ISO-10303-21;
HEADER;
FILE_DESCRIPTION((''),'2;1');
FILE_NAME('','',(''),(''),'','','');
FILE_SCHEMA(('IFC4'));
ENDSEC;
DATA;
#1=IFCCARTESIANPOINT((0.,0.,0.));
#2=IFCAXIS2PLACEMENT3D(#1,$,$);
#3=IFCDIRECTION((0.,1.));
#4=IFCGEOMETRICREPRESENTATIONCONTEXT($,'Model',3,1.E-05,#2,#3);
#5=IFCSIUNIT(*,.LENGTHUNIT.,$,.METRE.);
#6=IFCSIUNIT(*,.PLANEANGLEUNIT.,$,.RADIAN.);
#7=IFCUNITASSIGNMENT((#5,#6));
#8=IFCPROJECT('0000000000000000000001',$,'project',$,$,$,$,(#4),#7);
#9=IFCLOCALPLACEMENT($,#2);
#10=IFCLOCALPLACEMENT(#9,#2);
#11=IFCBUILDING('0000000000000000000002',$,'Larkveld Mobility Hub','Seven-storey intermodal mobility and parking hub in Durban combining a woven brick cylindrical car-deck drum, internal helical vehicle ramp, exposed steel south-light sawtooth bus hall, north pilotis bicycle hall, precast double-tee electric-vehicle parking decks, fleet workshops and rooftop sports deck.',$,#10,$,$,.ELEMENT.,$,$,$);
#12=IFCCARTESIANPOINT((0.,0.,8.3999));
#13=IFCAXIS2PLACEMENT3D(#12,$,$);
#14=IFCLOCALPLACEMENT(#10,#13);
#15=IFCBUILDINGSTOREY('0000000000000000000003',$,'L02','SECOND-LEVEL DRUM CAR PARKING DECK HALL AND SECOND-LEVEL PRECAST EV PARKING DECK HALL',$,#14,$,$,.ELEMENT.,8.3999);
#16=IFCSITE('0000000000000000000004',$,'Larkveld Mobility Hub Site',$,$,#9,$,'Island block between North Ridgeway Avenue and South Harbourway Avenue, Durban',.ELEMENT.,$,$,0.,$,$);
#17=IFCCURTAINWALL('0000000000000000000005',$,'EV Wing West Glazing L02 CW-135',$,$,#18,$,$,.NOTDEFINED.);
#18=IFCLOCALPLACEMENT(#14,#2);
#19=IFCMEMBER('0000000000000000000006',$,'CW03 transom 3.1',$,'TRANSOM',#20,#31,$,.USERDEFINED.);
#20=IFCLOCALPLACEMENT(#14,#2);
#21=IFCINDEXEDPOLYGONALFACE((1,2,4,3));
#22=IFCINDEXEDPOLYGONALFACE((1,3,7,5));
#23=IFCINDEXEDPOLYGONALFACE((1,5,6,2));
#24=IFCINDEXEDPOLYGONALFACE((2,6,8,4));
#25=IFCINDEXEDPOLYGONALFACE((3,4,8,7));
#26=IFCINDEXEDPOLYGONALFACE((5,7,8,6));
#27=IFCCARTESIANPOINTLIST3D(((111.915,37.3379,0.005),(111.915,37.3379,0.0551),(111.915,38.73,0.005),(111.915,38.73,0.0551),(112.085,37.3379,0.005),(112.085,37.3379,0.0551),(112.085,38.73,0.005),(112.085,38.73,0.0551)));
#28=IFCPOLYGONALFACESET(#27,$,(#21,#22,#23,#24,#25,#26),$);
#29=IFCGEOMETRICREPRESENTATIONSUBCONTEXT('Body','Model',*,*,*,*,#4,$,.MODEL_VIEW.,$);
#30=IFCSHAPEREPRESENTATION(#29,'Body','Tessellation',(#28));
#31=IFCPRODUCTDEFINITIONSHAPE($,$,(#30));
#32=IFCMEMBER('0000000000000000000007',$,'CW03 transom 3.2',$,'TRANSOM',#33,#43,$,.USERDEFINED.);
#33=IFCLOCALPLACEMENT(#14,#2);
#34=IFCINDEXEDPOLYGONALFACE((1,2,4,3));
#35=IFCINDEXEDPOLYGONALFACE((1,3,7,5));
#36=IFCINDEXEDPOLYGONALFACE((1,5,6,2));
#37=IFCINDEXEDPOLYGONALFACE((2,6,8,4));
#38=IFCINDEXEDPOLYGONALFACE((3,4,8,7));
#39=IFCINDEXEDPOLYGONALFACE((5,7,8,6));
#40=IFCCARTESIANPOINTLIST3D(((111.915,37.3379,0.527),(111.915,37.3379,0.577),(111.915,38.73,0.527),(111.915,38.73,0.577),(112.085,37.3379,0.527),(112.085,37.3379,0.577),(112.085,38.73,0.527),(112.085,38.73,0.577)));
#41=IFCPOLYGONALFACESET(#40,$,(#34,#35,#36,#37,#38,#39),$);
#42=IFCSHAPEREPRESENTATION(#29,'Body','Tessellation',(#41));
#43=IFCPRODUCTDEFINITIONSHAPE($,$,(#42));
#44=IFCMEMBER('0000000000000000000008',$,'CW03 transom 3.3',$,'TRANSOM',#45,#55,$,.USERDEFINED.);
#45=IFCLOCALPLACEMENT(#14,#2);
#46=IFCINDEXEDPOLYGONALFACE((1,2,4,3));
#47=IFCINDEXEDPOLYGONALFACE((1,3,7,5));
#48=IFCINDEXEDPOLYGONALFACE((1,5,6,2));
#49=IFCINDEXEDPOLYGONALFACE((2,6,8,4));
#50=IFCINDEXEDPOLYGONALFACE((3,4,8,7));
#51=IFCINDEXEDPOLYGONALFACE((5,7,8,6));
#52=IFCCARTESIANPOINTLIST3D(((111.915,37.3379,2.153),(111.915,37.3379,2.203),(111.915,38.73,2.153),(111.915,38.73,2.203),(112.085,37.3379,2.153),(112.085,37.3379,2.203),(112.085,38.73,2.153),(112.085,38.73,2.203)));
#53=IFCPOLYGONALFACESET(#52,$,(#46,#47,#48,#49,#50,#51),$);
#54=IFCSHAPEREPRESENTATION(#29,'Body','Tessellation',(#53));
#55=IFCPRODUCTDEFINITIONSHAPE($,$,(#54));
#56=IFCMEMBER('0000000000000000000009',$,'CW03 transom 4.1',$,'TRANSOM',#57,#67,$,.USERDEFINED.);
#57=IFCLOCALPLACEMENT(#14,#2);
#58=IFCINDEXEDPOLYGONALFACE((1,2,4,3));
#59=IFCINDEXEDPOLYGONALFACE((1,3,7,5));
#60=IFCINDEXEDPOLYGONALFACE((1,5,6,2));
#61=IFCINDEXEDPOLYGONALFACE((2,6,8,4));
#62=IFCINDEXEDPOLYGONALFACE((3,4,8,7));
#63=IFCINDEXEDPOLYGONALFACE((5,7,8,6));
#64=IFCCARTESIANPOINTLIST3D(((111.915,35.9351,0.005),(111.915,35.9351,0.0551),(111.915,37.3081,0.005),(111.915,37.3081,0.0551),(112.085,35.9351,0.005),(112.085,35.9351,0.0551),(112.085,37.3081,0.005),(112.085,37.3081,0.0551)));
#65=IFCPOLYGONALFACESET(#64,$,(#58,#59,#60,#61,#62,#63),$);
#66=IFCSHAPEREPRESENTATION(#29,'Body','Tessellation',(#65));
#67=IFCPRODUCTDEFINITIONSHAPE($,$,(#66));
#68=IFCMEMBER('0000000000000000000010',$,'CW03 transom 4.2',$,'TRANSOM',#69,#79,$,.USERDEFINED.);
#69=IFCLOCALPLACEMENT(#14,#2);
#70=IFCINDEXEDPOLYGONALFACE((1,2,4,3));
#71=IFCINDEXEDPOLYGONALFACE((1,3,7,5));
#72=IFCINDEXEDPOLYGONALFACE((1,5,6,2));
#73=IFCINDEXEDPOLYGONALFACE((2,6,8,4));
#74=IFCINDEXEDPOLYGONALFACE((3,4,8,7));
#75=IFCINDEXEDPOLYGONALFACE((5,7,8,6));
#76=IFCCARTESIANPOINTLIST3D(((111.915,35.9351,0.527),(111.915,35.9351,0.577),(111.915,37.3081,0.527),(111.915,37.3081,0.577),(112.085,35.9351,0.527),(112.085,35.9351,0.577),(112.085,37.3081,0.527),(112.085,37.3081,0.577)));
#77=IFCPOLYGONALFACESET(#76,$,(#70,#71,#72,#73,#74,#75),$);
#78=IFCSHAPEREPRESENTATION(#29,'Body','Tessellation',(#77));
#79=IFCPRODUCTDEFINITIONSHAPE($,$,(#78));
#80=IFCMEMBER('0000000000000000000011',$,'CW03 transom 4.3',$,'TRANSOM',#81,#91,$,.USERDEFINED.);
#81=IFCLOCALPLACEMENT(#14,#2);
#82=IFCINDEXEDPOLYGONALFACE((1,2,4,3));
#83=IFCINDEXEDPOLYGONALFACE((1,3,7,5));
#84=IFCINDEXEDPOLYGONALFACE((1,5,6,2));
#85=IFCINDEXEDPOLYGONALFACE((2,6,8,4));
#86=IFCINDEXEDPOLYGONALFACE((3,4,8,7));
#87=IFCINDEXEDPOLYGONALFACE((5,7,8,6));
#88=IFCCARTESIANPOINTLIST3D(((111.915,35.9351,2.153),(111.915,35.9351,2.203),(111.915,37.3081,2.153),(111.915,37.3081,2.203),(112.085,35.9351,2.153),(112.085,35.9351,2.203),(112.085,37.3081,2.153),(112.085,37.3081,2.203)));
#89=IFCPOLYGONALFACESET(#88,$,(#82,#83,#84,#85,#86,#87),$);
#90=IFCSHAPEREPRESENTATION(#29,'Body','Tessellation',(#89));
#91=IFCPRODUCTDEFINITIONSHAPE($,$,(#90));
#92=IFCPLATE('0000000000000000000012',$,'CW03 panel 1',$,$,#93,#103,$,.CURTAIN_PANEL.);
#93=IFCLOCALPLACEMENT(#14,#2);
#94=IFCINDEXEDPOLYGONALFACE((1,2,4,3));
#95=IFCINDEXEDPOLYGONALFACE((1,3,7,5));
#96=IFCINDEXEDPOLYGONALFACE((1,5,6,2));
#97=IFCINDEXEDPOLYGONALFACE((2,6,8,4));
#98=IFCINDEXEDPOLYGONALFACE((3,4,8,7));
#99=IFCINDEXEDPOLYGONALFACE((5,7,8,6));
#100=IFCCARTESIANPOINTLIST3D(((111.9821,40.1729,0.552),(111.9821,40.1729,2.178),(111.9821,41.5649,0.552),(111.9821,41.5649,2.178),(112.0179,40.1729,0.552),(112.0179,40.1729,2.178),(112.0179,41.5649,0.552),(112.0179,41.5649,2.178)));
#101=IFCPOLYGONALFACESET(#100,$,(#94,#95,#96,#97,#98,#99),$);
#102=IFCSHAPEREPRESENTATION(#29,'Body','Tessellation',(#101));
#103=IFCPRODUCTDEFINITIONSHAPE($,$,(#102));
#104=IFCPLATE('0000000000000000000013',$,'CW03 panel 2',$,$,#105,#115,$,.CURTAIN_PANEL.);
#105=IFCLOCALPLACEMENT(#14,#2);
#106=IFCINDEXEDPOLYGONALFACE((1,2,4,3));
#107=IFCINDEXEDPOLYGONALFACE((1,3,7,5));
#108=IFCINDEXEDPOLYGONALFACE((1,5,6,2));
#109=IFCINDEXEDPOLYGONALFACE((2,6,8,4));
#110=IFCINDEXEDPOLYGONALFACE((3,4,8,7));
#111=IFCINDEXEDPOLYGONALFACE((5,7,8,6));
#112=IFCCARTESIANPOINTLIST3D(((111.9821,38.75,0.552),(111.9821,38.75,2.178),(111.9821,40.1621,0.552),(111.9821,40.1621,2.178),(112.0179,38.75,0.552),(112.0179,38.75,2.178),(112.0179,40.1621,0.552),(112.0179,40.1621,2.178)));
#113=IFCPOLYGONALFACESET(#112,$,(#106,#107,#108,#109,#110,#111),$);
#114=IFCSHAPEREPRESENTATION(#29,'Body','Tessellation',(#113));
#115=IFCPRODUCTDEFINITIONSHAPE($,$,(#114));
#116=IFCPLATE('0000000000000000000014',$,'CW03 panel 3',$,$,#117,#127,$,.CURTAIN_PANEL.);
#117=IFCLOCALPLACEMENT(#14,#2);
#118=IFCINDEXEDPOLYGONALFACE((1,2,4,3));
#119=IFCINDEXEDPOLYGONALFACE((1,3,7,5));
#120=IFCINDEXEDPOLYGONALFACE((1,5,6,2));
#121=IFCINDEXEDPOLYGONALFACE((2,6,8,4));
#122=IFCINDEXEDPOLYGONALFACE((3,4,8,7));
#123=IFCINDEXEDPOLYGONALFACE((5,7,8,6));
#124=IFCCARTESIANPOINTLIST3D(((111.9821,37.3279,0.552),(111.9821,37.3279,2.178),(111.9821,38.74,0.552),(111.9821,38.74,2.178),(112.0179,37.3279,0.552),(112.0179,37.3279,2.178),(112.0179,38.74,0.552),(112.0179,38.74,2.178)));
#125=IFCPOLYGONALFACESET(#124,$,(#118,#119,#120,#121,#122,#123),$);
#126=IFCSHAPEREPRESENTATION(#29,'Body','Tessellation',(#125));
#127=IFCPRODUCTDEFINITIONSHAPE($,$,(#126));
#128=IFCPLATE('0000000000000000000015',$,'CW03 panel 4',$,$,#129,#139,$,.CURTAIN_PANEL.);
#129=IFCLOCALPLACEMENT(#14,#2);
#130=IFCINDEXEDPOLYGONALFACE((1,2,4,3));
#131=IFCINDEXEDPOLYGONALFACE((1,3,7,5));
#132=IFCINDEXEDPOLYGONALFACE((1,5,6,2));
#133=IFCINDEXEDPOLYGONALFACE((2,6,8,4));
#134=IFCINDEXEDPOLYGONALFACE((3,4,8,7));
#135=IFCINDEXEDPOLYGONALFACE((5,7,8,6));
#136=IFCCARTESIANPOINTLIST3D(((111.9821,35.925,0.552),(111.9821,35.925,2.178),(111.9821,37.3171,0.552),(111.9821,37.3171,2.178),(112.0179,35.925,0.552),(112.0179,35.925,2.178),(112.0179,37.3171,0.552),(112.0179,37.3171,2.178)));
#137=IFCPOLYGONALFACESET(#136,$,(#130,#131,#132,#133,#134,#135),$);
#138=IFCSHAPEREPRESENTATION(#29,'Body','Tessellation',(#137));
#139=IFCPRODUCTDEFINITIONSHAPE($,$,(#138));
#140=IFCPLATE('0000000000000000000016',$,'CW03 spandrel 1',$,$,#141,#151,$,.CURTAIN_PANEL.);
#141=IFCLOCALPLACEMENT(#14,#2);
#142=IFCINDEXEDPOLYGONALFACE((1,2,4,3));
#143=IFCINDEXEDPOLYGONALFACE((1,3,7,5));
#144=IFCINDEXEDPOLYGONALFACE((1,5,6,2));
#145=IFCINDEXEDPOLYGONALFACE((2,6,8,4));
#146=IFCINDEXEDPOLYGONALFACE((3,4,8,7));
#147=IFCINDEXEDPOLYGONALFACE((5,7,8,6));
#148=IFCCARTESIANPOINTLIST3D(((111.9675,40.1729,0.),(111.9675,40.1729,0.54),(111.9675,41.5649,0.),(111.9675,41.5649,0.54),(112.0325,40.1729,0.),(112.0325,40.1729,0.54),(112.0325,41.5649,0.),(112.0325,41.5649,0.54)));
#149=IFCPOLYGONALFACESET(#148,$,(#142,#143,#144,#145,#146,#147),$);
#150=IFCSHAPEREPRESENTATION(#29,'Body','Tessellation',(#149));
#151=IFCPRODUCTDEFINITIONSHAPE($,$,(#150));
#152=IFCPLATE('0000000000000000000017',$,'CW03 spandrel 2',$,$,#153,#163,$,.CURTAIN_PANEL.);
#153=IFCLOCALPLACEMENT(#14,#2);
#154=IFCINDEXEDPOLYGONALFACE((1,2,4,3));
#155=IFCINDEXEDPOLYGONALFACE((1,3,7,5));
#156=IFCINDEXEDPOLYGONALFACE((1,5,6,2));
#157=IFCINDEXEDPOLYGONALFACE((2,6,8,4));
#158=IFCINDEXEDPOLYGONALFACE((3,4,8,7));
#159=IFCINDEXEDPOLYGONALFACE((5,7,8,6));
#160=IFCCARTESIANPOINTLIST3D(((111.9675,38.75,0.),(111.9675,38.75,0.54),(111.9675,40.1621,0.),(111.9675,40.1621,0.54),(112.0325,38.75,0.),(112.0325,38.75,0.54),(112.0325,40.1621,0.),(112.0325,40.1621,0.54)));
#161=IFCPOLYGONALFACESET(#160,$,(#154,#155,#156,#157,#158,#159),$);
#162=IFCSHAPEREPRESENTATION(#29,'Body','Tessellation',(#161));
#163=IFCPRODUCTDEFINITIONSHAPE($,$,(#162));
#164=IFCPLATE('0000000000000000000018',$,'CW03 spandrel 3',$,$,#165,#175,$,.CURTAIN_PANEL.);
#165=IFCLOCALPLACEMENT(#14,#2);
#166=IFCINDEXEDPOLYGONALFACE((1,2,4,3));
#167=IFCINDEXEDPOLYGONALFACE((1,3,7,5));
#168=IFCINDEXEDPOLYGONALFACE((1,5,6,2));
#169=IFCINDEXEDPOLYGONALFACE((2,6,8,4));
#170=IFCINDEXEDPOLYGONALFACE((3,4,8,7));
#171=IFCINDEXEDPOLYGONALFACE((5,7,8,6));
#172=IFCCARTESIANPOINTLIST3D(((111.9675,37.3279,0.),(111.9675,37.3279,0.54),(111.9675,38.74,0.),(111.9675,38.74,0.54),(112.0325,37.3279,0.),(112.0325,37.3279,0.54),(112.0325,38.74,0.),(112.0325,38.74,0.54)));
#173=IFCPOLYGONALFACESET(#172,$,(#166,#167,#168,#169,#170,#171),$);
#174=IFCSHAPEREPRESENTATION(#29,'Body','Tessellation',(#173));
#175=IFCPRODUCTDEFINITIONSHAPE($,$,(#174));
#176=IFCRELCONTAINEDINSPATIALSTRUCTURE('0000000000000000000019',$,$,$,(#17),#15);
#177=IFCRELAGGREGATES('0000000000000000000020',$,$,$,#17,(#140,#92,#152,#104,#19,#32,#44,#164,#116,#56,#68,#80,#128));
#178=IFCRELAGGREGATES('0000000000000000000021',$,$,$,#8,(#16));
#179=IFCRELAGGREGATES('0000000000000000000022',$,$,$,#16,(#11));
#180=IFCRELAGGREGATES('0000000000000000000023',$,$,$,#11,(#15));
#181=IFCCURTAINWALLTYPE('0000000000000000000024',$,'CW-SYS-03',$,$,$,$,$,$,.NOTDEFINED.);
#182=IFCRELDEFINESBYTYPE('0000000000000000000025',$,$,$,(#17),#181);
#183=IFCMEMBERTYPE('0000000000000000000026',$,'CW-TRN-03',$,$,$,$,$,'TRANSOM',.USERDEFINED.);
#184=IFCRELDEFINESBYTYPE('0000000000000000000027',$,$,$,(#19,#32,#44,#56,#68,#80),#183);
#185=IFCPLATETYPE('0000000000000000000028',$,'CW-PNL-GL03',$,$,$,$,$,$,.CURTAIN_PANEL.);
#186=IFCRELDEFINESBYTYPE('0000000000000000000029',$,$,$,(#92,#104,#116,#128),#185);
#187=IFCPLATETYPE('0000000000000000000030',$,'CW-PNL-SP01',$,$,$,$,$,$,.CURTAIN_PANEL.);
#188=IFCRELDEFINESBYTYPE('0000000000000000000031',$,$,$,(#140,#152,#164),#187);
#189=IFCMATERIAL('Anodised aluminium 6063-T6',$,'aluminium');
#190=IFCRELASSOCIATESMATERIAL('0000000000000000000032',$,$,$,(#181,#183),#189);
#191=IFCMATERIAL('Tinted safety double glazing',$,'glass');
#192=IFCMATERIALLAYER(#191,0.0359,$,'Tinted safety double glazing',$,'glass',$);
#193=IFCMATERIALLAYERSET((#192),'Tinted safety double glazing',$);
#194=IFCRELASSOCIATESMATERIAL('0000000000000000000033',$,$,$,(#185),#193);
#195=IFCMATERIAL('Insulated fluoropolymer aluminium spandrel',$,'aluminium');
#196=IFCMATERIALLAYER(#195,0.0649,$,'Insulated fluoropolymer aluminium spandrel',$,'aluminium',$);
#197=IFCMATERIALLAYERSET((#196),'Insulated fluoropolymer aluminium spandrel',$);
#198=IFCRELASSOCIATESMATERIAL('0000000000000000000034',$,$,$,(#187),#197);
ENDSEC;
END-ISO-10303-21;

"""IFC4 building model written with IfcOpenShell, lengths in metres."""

from ifc_helpers import new_model, si_unit, direction, frame, origin, origin_2d, place, context, subcontext, project, spatial, rectangle, extrude, material, layer, layer_set, material_profile, profile_set, type_object, element, aggregate, save


model = new_model("IFC4")

# Units and contexts
model_context = context("Model", 3, precision=1e-05, world=origin(), true_north=direction((0.0, 1.0)))
body_context = subcontext(model_context, "Body", "Model", "MODEL_VIEW")
ifc_project = project(units=[si_unit("LENGTHUNIT", "METRE"), si_unit("PLANEANGLEUNIT", "RADIAN")], contexts=[model_context])

# Site, building, storey
site_placement = place(None, origin())
site = spatial("IfcSite", under=ifc_project, at=site_placement, Name="Larkveld Mobility Hub Site", LongName="Island block between North Ridgeway Avenue and South Harbourway Avenue, Durban", CompositionType="ELEMENT", RefElevation=0.0)
building_placement = place(site_placement, origin())
building = spatial("IfcBuilding", under=site, at=building_placement, Name="Larkveld Mobility Hub", Description="Seven-storey intermodal mobility and parking hub in Durban combining a woven brick cylindrical car-deck drum, internal helical vehicle ramp, exposed steel south-light sawtooth bus hall, north pilotis bicycle hall, precast double-tee electric-vehicle parking decks, fleet workshops and rooftop sports deck.", CompositionType="ELEMENT")
storey_placement = place(building_placement, frame((0.0, 0.0, 8.3999)))
storey = spatial("IfcBuildingStorey", under=building, at=storey_placement, Name="L02", Description="SECOND-LEVEL DRUM CAR PARKING DECK HALL AND SECOND-LEVEL PRECAST EV PARKING DECK HALL", CompositionType="ELEMENT", Elevation=8.3999)

# Curtain wall, members, plates
ifc_material_1 = material(Name="Anodised aluminium 6063-T6", Category="aluminium")
curtain_wall_type = type_object("IfcCurtainWallType", Name="CW-SYS-03", PredefinedType="NOTDEFINED", material=ifc_material_1)
curtain_wall_placement = place(storey_placement, origin())
curtain_wall = element("IfcCurtainWall", 1, at=curtain_wall_placement, inside=storey, type_object=curtain_wall_type, Name="EV Wing West Glazing L02 CW-135", PredefinedType="NOTDEFINED")
ifc_material_profile_1 = material_profile(ifc_material_1, rectangle(XDim=0.1699, YDim=0.05, at=origin_2d()), Name="ALU TRAN 50x170")
ifc_profile_set_1 = profile_set([ifc_material_profile_1], Name="Anodised aluminium 6063-T6")
member_type_1 = type_object("IfcMemberType", Name="CW-TRN-03", ElementType="TRANSOM", PredefinedType="USERDEFINED", material=ifc_profile_set_1)
member_1_placement = place(storey_placement, frame((112.0, 38.73, 0.03), z_axis=(0.0, -1.0, 0.0), x_axis=(1.0, 0.0, 0.0)))
member_1 = element("IfcMember", 2, at=member_1_placement, type_object=member_type_1, Name="CW03 transom 3.1", ObjectType="TRANSOM", PredefinedType="USERDEFINED", context=body_context, shape_type="SweptSolid", body=[
    extrude(rectangle(XDim=0.1699, YDim=0.05, at=origin_2d()), origin(), (0.0, 0.0, 1.0), 1.3921),
])
member_2_placement = place(storey_placement, frame((112.0, 38.73, 0.552), z_axis=(0.0, -1.0, 0.0), x_axis=(1.0, 0.0, 0.0)))
member_2 = element("IfcMember", 3, at=member_2_placement, type_object=member_type_1, Name="CW03 transom 3.2", ObjectType="TRANSOM", PredefinedType="USERDEFINED", context=body_context, shape_type="SweptSolid", body=[
    extrude(rectangle(XDim=0.1699, YDim=0.05, at=origin_2d()), origin(), (0.0, 0.0, 1.0), 1.3921),
])
member_3_placement = place(storey_placement, frame((112.0, 38.73, 2.178), z_axis=(0.0, -1.0, 0.0), x_axis=(1.0, 0.0, 0.0)))
member_3 = element("IfcMember", 4, at=member_3_placement, type_object=member_type_1, Name="CW03 transom 3.3", ObjectType="TRANSOM", PredefinedType="USERDEFINED", context=body_context, shape_type="SweptSolid", body=[
    extrude(rectangle(XDim=0.1699, YDim=0.05, at=origin_2d()), origin(), (0.0, 0.0, 1.0), 1.3921),
])
member_4_placement = place(storey_placement, frame((112.0, 37.3081, 0.03), z_axis=(0.0, -1.0, 0.0), x_axis=(1.0, 0.0, 0.0)))
member_4 = element("IfcMember", 5, at=member_4_placement, type_object=member_type_1, Name="CW03 transom 4.1", ObjectType="TRANSOM", PredefinedType="USERDEFINED", context=body_context, shape_type="SweptSolid", body=[
    extrude(rectangle(XDim=0.1699, YDim=0.05, at=origin_2d()), origin(), (0.0, 0.0, 1.0), 1.373),
])
member_5_placement = place(storey_placement, frame((112.0, 37.3081, 0.552), z_axis=(0.0, -1.0, 0.0), x_axis=(1.0, 0.0, 0.0)))
member_5 = element("IfcMember", 6, at=member_5_placement, type_object=member_type_1, Name="CW03 transom 4.2", ObjectType="TRANSOM", PredefinedType="USERDEFINED", context=body_context, shape_type="SweptSolid", body=[
    extrude(rectangle(XDim=0.1699, YDim=0.05, at=origin_2d()), origin(), (0.0, 0.0, 1.0), 1.373),
])
member_6_placement = place(storey_placement, frame((112.0, 37.3081, 2.178), z_axis=(0.0, -1.0, 0.0), x_axis=(1.0, 0.0, 0.0)))
member_6 = element("IfcMember", 7, at=member_6_placement, type_object=member_type_1, Name="CW03 transom 4.3", ObjectType="TRANSOM", PredefinedType="USERDEFINED", context=body_context, shape_type="SweptSolid", body=[
    extrude(rectangle(XDim=0.1699, YDim=0.05, at=origin_2d()), origin(), (0.0, 0.0, 1.0), 1.373),
])
ifc_material_2 = material(Name="Tinted safety double glazing", Category="glass")
ifc_layer_1 = layer(ifc_material_2, 0.0359, Name="Tinted safety double glazing", Category="glass")
ifc_layer_set_1 = layer_set([ifc_layer_1], Name="Tinted safety double glazing")
plate_type_1 = type_object("IfcPlateType", Name="CW-PNL-GL03", PredefinedType="CURTAIN_PANEL", material=ifc_layer_set_1)
plate_1_placement = place(storey_placement, frame((112.0, 40.8689, 0.552), z_axis=(0.0, 0.0, 1.0), x_axis=(0.0, -1.0, 0.0)))
plate_1 = element("IfcPlate", 8, at=plate_1_placement, type_object=plate_type_1, Name="CW03 panel 1", PredefinedType="CURTAIN_PANEL", context=body_context, shape_type="SweptSolid", body=[
    extrude(rectangle(XDim=1.3921, YDim=0.0359, at=origin_2d()), origin(), (0.0, 0.0, 1.0), 1.626),
])
plate_2_placement = place(storey_placement, frame((112.0, 39.4561, 0.552), z_axis=(0.0, 0.0, 1.0), x_axis=(0.0, -1.0, 0.0)))
plate_2 = element("IfcPlate", 9, at=plate_2_placement, type_object=plate_type_1, Name="CW03 panel 2", PredefinedType="CURTAIN_PANEL", context=body_context, shape_type="SweptSolid", body=[
    extrude(rectangle(XDim=1.4121, YDim=0.0359, at=origin_2d()), origin(), (0.0, 0.0, 1.0), 1.626),
])
plate_3_placement = place(storey_placement, frame((112.0, 38.0339, 0.552), z_axis=(0.0, 0.0, 1.0), x_axis=(0.0, -1.0, 0.0)))
plate_3 = element("IfcPlate", 10, at=plate_3_placement, type_object=plate_type_1, Name="CW03 panel 3", PredefinedType="CURTAIN_PANEL", context=body_context, shape_type="SweptSolid", body=[
    extrude(rectangle(XDim=1.4121, YDim=0.0359, at=origin_2d()), origin(), (0.0, 0.0, 1.0), 1.626),
])
plate_4_placement = place(storey_placement, frame((112.0, 36.6211, 0.552), z_axis=(0.0, 0.0, 1.0), x_axis=(0.0, -1.0, 0.0)))
plate_4 = element("IfcPlate", 11, at=plate_4_placement, type_object=plate_type_1, Name="CW03 panel 4", PredefinedType="CURTAIN_PANEL", context=body_context, shape_type="SweptSolid", body=[
    extrude(rectangle(XDim=1.3921, YDim=0.0359, at=origin_2d()), origin(), (0.0, 0.0, 1.0), 1.626),
])
ifc_material_3 = material(Name="Insulated fluoropolymer aluminium spandrel", Category="aluminium")
ifc_layer_2 = layer(ifc_material_3, 0.0649, Name="Insulated fluoropolymer aluminium spandrel", Category="aluminium")
ifc_layer_set_2 = layer_set([ifc_layer_2], Name="Insulated fluoropolymer aluminium spandrel")
plate_type_2 = type_object("IfcPlateType", Name="CW-PNL-SP01", PredefinedType="CURTAIN_PANEL", material=ifc_layer_set_2)
plate_5_placement = place(storey_placement, frame((112.0, 40.8689, 0.0), z_axis=(0.0, 0.0, 1.0), x_axis=(0.0, -1.0, 0.0)))
plate_5 = element("IfcPlate", 12, at=plate_5_placement, type_object=plate_type_2, Name="CW03 spandrel 1", PredefinedType="CURTAIN_PANEL", context=body_context, shape_type="SweptSolid", body=[
    extrude(rectangle(XDim=1.3921, YDim=0.0649, at=origin_2d()), origin(), (0.0, 0.0, 1.0), 0.54),
])
plate_6_placement = place(storey_placement, frame((112.0, 39.4561, 0.0), z_axis=(0.0, 0.0, 1.0), x_axis=(0.0, -1.0, 0.0)))
plate_6 = element("IfcPlate", 13, at=plate_6_placement, type_object=plate_type_2, Name="CW03 spandrel 2", PredefinedType="CURTAIN_PANEL", context=body_context, shape_type="SweptSolid", body=[
    extrude(rectangle(XDim=1.4121, YDim=0.0649, at=origin_2d()), origin(), (0.0, 0.0, 1.0), 0.54),
])
plate_7_placement = place(storey_placement, frame((112.0, 38.0339, 0.0), z_axis=(0.0, 0.0, 1.0), x_axis=(0.0, -1.0, 0.0)))
plate_7 = element("IfcPlate", 14, at=plate_7_placement, type_object=plate_type_2, Name="CW03 spandrel 3", PredefinedType="CURTAIN_PANEL", context=body_context, shape_type="SweptSolid", body=[
    extrude(rectangle(XDim=1.4121, YDim=0.0649, at=origin_2d()), origin(), (0.0, 0.0, 1.0), 0.54),
])
aggregate(curtain_wall, [plate_5, plate_1, plate_6, plate_2, member_1, member_2, member_3, plate_7, plate_3, member_4, member_5, member_6, plate_4])

save(model, "model.ifc")
